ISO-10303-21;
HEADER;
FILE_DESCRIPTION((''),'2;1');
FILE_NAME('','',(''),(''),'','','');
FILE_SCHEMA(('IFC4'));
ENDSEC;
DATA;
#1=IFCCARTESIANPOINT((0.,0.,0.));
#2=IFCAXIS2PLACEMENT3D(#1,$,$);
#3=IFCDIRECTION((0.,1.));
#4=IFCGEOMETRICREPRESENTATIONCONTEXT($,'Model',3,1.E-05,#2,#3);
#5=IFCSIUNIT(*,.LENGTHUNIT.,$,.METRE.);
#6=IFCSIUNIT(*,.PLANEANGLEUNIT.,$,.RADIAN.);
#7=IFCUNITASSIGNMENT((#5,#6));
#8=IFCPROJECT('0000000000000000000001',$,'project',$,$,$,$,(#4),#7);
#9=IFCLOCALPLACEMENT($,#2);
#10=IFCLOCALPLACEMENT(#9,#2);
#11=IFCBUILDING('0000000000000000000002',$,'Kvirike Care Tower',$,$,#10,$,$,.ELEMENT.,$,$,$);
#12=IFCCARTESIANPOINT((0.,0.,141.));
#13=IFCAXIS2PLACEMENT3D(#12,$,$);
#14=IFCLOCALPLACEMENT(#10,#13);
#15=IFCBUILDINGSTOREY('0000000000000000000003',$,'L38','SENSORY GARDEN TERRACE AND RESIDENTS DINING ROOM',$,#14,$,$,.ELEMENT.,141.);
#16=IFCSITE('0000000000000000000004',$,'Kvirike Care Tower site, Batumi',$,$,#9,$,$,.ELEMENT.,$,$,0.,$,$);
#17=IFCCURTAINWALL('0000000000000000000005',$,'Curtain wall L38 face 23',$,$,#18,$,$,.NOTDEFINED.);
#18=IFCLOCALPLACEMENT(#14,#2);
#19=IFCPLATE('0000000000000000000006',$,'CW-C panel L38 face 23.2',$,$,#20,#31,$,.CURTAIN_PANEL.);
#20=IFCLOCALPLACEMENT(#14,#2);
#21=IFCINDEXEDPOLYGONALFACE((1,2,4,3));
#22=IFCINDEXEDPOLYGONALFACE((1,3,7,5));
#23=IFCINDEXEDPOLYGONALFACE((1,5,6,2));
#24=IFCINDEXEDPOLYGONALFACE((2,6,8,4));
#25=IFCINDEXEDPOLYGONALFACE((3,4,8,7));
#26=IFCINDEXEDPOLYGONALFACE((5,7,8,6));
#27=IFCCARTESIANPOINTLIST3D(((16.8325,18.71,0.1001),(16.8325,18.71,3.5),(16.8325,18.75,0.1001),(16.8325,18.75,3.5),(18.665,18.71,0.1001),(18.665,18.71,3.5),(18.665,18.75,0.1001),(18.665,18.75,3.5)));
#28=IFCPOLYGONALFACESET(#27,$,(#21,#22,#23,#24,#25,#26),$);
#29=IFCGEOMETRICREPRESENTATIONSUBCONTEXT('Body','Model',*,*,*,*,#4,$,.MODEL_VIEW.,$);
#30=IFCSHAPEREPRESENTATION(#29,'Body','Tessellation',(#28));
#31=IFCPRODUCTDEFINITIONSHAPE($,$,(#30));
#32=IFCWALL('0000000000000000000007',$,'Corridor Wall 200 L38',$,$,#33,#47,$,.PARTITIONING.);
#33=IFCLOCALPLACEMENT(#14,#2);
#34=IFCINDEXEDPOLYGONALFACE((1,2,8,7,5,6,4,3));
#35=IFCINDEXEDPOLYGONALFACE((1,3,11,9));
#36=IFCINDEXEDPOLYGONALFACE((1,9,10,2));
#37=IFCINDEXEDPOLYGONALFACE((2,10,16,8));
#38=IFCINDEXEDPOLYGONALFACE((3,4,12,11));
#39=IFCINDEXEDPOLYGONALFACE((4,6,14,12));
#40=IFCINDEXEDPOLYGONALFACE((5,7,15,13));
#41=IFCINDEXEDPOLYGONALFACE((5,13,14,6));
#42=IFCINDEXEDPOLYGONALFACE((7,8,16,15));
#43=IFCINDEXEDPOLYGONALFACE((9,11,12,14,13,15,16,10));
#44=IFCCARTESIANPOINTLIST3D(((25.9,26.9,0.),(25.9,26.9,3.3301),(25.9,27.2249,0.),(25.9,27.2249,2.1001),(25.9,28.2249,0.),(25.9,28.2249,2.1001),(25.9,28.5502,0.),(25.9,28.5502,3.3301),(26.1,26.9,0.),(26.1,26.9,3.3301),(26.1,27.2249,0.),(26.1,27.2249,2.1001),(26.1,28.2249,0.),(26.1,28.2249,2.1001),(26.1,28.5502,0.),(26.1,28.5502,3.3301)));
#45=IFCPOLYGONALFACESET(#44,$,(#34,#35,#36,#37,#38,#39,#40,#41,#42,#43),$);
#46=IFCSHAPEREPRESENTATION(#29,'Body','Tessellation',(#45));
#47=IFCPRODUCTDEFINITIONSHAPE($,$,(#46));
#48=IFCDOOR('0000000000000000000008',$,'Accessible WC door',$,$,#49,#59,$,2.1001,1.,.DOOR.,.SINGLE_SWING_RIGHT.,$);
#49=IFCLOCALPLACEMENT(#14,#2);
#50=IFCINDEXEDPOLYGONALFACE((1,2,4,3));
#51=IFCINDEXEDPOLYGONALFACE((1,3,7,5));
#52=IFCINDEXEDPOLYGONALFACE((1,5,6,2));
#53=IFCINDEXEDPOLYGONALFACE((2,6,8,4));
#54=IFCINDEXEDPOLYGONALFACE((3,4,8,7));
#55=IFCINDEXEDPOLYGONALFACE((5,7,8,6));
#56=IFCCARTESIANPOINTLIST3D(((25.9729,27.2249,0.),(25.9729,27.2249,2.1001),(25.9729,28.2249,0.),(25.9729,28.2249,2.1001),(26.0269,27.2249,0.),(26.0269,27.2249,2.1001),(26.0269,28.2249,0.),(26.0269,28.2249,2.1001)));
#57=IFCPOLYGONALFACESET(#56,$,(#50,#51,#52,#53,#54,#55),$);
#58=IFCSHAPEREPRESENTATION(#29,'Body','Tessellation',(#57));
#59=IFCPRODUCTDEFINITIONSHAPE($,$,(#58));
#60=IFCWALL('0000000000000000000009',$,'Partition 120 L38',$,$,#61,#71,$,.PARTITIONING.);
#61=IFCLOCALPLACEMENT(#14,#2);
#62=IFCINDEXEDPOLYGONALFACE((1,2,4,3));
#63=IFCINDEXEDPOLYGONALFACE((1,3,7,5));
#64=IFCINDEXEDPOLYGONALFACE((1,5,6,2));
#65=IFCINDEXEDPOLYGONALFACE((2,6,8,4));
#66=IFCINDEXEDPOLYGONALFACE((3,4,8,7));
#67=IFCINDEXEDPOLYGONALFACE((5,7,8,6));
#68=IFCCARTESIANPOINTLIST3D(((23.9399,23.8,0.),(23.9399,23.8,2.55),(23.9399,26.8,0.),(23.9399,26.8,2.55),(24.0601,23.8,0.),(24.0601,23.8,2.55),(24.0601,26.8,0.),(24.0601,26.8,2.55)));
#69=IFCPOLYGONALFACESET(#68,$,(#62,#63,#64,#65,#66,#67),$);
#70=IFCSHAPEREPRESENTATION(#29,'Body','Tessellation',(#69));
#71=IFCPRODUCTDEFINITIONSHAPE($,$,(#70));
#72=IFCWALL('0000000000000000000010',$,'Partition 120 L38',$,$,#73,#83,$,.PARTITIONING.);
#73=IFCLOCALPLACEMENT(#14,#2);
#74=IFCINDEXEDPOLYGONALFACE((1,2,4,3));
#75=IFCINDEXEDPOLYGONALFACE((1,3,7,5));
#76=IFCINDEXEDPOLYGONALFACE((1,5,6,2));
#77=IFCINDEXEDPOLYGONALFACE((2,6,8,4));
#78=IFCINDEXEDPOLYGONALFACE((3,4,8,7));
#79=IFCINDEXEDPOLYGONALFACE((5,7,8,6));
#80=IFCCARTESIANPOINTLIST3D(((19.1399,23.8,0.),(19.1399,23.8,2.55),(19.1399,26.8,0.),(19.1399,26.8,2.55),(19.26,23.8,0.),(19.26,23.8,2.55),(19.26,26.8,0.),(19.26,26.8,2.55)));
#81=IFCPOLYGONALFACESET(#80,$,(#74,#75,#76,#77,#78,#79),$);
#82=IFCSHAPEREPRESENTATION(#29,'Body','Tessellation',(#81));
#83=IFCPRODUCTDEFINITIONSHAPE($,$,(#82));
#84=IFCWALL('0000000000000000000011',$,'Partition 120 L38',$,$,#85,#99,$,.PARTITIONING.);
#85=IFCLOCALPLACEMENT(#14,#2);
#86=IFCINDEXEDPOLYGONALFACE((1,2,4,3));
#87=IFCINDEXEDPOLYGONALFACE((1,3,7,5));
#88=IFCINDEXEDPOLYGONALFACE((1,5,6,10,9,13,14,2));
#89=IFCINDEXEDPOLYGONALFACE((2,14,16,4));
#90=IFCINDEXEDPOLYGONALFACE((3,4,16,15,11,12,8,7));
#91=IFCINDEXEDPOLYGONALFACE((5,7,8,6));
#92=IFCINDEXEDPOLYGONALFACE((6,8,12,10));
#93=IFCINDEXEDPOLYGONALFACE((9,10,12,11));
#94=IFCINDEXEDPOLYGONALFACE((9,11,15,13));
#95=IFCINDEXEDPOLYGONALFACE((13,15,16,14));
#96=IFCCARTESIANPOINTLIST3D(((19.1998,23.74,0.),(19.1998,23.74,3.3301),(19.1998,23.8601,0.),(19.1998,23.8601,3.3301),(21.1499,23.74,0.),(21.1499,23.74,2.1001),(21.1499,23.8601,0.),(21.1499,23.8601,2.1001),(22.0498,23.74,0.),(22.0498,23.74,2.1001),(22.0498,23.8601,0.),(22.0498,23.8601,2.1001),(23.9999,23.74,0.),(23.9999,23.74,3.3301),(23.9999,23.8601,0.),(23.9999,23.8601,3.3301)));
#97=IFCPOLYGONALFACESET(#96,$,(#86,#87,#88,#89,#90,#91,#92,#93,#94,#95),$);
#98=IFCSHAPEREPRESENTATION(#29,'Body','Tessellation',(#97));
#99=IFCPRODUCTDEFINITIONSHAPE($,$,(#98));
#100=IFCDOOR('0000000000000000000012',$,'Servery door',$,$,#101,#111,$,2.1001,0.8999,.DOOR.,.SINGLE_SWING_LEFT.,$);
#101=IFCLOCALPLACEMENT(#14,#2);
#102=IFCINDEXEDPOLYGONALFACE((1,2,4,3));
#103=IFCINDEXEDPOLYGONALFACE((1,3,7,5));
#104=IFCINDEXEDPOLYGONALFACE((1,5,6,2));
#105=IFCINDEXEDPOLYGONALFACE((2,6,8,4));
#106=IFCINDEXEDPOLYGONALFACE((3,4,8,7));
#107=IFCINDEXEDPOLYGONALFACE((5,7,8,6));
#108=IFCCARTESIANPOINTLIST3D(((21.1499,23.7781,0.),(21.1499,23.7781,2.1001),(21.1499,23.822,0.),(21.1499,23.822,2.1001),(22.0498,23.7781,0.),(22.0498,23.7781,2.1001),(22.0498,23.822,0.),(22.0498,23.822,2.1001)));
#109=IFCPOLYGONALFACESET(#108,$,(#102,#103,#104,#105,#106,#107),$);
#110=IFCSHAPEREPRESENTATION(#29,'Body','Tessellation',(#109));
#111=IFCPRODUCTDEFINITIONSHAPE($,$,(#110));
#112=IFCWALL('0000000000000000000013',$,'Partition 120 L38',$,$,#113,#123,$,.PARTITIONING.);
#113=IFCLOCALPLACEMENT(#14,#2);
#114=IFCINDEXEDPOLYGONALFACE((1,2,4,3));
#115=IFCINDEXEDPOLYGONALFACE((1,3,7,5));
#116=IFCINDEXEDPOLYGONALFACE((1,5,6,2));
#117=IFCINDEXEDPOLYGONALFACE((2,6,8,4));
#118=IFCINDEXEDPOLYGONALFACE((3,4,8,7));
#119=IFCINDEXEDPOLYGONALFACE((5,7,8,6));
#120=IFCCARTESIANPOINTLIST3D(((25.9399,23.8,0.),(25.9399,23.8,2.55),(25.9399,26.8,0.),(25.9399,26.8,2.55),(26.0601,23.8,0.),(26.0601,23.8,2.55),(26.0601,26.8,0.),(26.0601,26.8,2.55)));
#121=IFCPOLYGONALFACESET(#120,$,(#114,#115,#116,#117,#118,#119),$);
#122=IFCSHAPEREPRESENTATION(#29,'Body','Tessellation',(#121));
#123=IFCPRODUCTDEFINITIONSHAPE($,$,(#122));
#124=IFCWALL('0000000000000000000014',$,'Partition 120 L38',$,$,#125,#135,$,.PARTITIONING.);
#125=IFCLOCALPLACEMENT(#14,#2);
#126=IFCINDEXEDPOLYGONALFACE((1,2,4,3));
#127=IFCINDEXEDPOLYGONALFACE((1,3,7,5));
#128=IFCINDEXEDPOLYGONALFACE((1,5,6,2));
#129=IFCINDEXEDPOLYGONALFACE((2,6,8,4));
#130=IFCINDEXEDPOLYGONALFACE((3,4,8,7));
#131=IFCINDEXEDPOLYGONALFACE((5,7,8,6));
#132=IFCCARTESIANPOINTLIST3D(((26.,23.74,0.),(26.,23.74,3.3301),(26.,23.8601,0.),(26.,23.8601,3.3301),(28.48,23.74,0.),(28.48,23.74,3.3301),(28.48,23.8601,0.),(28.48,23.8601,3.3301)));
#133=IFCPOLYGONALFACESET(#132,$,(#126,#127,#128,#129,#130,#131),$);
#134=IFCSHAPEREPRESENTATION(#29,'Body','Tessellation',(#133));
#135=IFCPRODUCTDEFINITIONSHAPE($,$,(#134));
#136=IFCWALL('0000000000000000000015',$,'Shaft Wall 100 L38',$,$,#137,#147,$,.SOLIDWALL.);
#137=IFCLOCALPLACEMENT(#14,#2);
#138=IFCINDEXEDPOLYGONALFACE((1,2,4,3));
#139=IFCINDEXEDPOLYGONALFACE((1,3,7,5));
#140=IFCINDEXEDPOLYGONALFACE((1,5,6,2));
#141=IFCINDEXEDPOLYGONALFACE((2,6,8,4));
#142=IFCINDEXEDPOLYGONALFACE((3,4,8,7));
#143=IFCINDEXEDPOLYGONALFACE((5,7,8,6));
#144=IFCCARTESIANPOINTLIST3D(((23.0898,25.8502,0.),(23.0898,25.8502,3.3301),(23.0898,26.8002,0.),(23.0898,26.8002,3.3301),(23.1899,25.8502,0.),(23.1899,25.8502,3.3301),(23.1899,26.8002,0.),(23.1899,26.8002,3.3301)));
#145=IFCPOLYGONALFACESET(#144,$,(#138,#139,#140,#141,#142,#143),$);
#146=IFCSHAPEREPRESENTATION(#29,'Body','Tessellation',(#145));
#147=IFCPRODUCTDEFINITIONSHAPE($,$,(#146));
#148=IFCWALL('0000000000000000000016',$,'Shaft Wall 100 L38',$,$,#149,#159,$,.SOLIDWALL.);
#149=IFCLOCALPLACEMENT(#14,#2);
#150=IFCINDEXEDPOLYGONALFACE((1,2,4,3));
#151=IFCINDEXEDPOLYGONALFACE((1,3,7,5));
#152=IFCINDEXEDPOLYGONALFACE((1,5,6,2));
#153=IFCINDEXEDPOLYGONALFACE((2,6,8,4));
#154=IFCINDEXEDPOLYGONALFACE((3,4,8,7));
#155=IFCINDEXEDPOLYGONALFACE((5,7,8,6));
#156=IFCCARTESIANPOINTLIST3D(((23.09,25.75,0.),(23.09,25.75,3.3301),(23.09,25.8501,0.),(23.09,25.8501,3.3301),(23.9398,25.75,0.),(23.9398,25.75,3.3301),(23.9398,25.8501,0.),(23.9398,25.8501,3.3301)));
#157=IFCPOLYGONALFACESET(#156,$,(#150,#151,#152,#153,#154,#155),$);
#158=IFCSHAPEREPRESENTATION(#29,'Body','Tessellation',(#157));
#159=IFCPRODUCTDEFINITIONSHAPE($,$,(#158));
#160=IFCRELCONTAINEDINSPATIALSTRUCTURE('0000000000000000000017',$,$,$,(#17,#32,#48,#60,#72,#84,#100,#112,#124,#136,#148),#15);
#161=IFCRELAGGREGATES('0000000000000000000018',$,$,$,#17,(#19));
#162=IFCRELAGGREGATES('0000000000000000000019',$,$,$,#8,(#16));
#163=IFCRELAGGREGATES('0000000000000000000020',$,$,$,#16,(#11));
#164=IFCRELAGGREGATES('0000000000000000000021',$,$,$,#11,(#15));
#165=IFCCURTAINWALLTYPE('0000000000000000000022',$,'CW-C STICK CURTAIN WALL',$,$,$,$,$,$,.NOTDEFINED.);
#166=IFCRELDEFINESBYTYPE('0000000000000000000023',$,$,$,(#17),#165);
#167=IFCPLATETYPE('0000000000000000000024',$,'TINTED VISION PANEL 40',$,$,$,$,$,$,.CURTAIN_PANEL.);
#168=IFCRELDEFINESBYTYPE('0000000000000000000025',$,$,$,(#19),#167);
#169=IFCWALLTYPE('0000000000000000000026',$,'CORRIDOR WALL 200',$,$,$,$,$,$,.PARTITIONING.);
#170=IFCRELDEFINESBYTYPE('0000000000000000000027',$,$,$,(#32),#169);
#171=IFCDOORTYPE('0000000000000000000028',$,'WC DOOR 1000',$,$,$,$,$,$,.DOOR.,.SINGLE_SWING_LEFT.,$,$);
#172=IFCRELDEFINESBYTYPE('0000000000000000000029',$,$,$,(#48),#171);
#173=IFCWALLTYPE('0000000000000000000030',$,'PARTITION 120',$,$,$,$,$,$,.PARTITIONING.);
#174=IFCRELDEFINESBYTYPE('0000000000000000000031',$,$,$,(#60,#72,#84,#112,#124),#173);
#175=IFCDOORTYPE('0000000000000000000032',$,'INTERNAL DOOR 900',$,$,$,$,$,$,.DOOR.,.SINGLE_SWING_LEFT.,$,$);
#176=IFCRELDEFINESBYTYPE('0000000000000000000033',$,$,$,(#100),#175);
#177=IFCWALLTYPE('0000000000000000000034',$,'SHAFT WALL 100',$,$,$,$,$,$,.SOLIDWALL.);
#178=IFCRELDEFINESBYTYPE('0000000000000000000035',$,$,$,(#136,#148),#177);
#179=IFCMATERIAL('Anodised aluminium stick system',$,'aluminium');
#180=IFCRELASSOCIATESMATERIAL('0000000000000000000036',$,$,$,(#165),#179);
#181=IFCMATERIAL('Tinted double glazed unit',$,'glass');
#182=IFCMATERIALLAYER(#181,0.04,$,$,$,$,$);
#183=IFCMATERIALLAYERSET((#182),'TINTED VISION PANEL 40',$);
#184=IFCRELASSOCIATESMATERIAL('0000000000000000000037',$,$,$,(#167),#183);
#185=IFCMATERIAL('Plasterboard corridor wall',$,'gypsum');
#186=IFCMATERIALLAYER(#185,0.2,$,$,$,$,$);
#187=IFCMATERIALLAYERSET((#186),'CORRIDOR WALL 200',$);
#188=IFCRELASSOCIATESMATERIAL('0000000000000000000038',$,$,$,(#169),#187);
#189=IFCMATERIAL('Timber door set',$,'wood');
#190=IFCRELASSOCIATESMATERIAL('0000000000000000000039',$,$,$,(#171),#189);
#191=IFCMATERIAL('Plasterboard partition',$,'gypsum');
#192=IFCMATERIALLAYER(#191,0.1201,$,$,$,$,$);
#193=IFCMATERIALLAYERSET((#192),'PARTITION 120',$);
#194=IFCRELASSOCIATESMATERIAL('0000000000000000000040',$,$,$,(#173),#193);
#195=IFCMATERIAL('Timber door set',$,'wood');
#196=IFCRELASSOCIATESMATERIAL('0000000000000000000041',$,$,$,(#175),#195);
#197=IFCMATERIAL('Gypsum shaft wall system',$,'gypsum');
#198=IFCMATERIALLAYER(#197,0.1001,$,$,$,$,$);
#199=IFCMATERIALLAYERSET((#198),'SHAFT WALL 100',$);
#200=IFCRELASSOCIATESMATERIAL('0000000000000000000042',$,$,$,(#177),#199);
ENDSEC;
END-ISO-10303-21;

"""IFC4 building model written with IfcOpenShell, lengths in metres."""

from ifc_helpers import new_model, si_unit, direction, frame, frame_2d, origin, origin_2d, place, context, subcontext, project, spatial, rectangle, extrude, material, layer, layer_set, type_object, element, fill, aggregate, save


model = new_model("IFC4")

# Units and contexts
model_context = context("Model", 3, precision=1e-05, world=origin(), true_north=direction((0.0, 1.0)))
body_context = subcontext(model_context, "Body", "Model", "MODEL_VIEW")
ifc_project = project(units=[si_unit("LENGTHUNIT", "METRE"), si_unit("PLANEANGLEUNIT", "RADIAN")], contexts=[model_context])

# Site, building, storey
site_placement = place(None, origin())
site = spatial("IfcSite", under=ifc_project, at=site_placement, Name="Kvirike Care Tower site, Batumi", CompositionType="ELEMENT", RefElevation=0.0)
building_placement = place(site_placement, origin())
building = spatial("IfcBuilding", under=site, at=building_placement, Name="Kvirike Care Tower", CompositionType="ELEMENT")
storey_placement = place(building_placement, frame((0.0, 0.0, 141.0)))
storey = spatial("IfcBuildingStorey", under=building, at=storey_placement, Name="L38", Description="SENSORY GARDEN TERRACE AND RESIDENTS DINING ROOM", CompositionType="ELEMENT", Elevation=141.0)

# Curtain wall
ifc_material_1 = material(Name="Anodised aluminium stick system", Category="aluminium")
curtain_wall_type = type_object("IfcCurtainWallType", Name="CW-C STICK CURTAIN WALL", PredefinedType="NOTDEFINED", material=ifc_material_1)
curtain_wall_placement = place(storey_placement, origin())
curtain_wall = element("IfcCurtainWall", 1, at=curtain_wall_placement, inside=storey, type_object=curtain_wall_type, Name="Curtain wall L38 face 23", PredefinedType="NOTDEFINED")

# Plate
ifc_material_2 = material(Name="Tinted double glazed unit", Category="glass")
ifc_layer_1 = layer(ifc_material_2, 0.04)
ifc_layer_set_1 = layer_set([ifc_layer_1], Name="TINTED VISION PANEL 40")
plate_type = type_object("IfcPlateType", Name="TINTED VISION PANEL 40", PredefinedType="CURTAIN_PANEL", material=ifc_layer_set_1)
plate_placement = place(storey_placement, frame((17.7488, 18.73, 0.1001), z_axis=(0.0, 0.0, 1.0), x_axis=(1.0, 0.0, 0.0)))
plate = element("IfcPlate", 2, at=plate_placement, type_object=plate_type, Name="CW-C panel L38 face 23.2", PredefinedType="CURTAIN_PANEL", context=body_context, shape_type="SweptSolid", body=[
    extrude(rectangle(XDim=1.8325, YDim=0.04, at=origin_2d()), origin(), (0.0, 0.0, 1.0), 3.3999),
])
aggregate(curtain_wall, [plate])

# Wall, opening, door
ifc_material_3 = material(Name="Plasterboard corridor wall", Category="gypsum")
ifc_layer_2 = layer(ifc_material_3, 0.2)
ifc_layer_set_2 = layer_set([ifc_layer_2], Name="CORRIDOR WALL 200")
wall_type_1 = type_object("IfcWallType", Name="CORRIDOR WALL 200", PredefinedType="PARTITIONING", material=ifc_layer_set_2)
wall_1_placement = place(storey_placement, frame((26.0, 26.8999, 0.0), z_axis=(0.0, 0.0, 1.0), x_axis=(0.0, 1.0, 0.0)))
wall_1 = element("IfcWall", 3, at=wall_1_placement, inside=storey, type_object=wall_type_1, Name="Corridor Wall 200 L38", PredefinedType="PARTITIONING", context=body_context, shape_type="SweptSolid", body=[
    extrude(rectangle(XDim=1.6501, YDim=0.2, at=frame_2d((0.8252, 0.0))), origin(), (0.0, 0.0, 1.0), 3.3301),
])
opening_1_placement = place(wall_1_placement, frame((0.325, 0.0, 0.0)))
opening_1 = element("IfcOpeningElement", 4, at=opening_1_placement, cuts=wall_1, PredefinedType="OPENING", context=body_context, shape_type="SweptSolid", body=[
    extrude(rectangle(XDim=1.0, YDim=2.1001, at=frame_2d((0.5, 1.05))), frame((0.0, 0.1106, 0.0), z_axis=(0.0, -1.0, 0.0), x_axis=(1.0, 0.0, 0.0)), (0.0, 0.0, 1.0), 0.2209),
])
ifc_material_4 = material(Name="Timber door set", Category="wood")
door_type_1 = type_object("IfcDoorType", Name="WC DOOR 1000", OperationType="SINGLE_SWING_LEFT", PredefinedType="DOOR", material=ifc_material_4)
door_1_placement = place(opening_1_placement, frame((1.0, 0.0, 0.0), z_axis=(0.0, 0.0, 1.0), x_axis=(-1.0, 0.0, 0.0)))
door_1 = element("IfcDoor", 5, at=door_1_placement, inside=storey, type_object=door_type_1, Name="Accessible WC door", OperationType="SINGLE_SWING_RIGHT", OverallHeight=2.1001, OverallWidth=1.0, PredefinedType="DOOR", context=body_context, shape_type="SweptSolid", body=[
    extrude(rectangle(XDim=1.0, YDim=2.1001, at=frame_2d((0.5, 1.05))), frame((0.0, 0.0269, 0.0), z_axis=(0.0, -1.0, 0.0), x_axis=(1.0, 0.0, 0.0)), (0.0, 0.0, 1.0), 0.054),
])
fill(opening_1, door_1)

# Walls
ifc_material_5 = material(Name="Plasterboard partition", Category="gypsum")
ifc_layer_3 = layer(ifc_material_5, 0.1201)
ifc_layer_set_3 = layer_set([ifc_layer_3], Name="PARTITION 120")
wall_type_2 = type_object("IfcWallType", Name="PARTITION 120", PredefinedType="PARTITIONING", material=ifc_layer_set_3)
for number, where, z_axis, x_axis, name in (
    (6, (24.0, 23.8, 0.0), (0.0, 0.0, 1.0), (0.0, 1.0, 0.0), "Partition 120 L38"),
    (7, (19.2, 23.8, 0.0), (0.0, 0.0, 1.0), (0.0, 1.0, 0.0), "Partition 120 L38"),
):
    element("IfcWall", number, at=place(storey_placement, frame(where, z_axis=z_axis, x_axis=x_axis)), inside=storey, type_object=wall_type_2, Name=name, PredefinedType="PARTITIONING", context=body_context, shape_type="SweptSolid", body=[
        extrude(rectangle(XDim=3.0, YDim=0.1201, at=frame_2d((1.5, 0.0))), origin(), (0.0, 0.0, 1.0), 2.55),
    ])

# Wall, opening, door
wall_2_placement = place(storey_placement, frame((19.2, 23.8, 0.0), z_axis=(0.0, 0.0, 1.0), x_axis=(1.0, 0.0, 0.0)))
wall_2 = element("IfcWall", 8, at=wall_2_placement, inside=storey, type_object=wall_type_2, Name="Partition 120 L38", PredefinedType="PARTITIONING", context=body_context, shape_type="SweptSolid", body=[
    extrude(rectangle(XDim=4.8, YDim=0.1201, at=frame_2d((2.3999, 0.0))), origin(), (0.0, 0.0, 1.0), 3.3301),
])
opening_2_placement = place(wall_2_placement, frame((1.95, 0.0, 0.0)))
opening_2 = element("IfcOpeningElement", 9, at=opening_2_placement, cuts=wall_2, PredefinedType="OPENING", context=body_context, shape_type="SweptSolid", body=[
    extrude(rectangle(XDim=0.8999, YDim=2.1001, at=frame_2d((0.45, 1.05))), frame((0.0, 0.0706, 0.0), z_axis=(0.0, -1.0, 0.0), x_axis=(1.0, 0.0, 0.0)), (0.0, 0.0, 1.0), 0.1411),
])
ifc_material_6 = material(Name="Timber door set", Category="wood")
door_type_2 = type_object("IfcDoorType", Name="INTERNAL DOOR 900", OperationType="SINGLE_SWING_LEFT", PredefinedType="DOOR", material=ifc_material_6)
door_2_placement = place(opening_2_placement, origin())
door_2 = element("IfcDoor", 10, at=door_2_placement, inside=storey, type_object=door_type_2, Name="Servery door", OperationType="SINGLE_SWING_LEFT", OverallHeight=2.1001, OverallWidth=0.8999, PredefinedType="DOOR", context=body_context, shape_type="SweptSolid", body=[
    extrude(rectangle(XDim=0.8999, YDim=2.1001, at=frame_2d((0.45, 1.05))), frame((0.0, 0.022, 0.0), z_axis=(0.0, -1.0, 0.0), x_axis=(1.0, 0.0, 0.0)), (0.0, 0.0, 1.0), 0.0439),
])
fill(opening_2, door_2)

# Walls
wall_3_placement = place(storey_placement, frame((26.0, 23.8, 0.0), z_axis=(0.0, 0.0, 1.0), x_axis=(0.0, 1.0, 0.0)))
element("IfcWall", 11, at=wall_3_placement, inside=storey, type_object=wall_type_2, Name="Partition 120 L38", PredefinedType="PARTITIONING", context=body_context, shape_type="SweptSolid", body=[
    extrude(rectangle(XDim=3.0, YDim=0.1201, at=frame_2d((1.5, 0.0))), origin(), (0.0, 0.0, 1.0), 2.55),
])
wall_4_placement = place(storey_placement, frame((26.0, 23.8, 0.0), z_axis=(0.0, 0.0, 1.0), x_axis=(1.0, 0.0, 0.0)))
element("IfcWall", 12, at=wall_4_placement, inside=storey, type_object=wall_type_2, Name="Partition 120 L38", PredefinedType="PARTITIONING", context=body_context, shape_type="SweptSolid", body=[
    extrude(rectangle(XDim=2.48, YDim=0.1201, at=frame_2d((1.24, 0.0))), origin(), (0.0, 0.0, 1.0), 3.3301),
])
ifc_material_7 = material(Name="Gypsum shaft wall system", Category="gypsum")
ifc_layer_4 = layer(ifc_material_7, 0.1001)
ifc_layer_set_4 = layer_set([ifc_layer_4], Name="SHAFT WALL 100")
wall_type_3 = type_object("IfcWallType", Name="SHAFT WALL 100", PredefinedType="SOLIDWALL", material=ifc_layer_set_4)
wall_5_placement = place(storey_placement, frame((23.1399, 25.8501, 0.0), z_axis=(0.0, 0.0, 1.0), x_axis=(0.0, 1.0, 0.0)))
element("IfcWall", 13, at=wall_5_placement, inside=storey, type_object=wall_type_3, Name="Shaft Wall 100 L38", PredefinedType="SOLIDWALL", context=body_context, shape_type="SweptSolid", body=[
    extrude(rectangle(XDim=0.95, YDim=0.1001, at=frame_2d((0.4751, 0.0))), origin(), (0.0, 0.0, 1.0), 3.3301),
])
wall_6_placement = place(storey_placement, frame((23.0901, 25.8, 0.0), z_axis=(0.0, 0.0, 1.0), x_axis=(1.0, 0.0, 0.0)))
element("IfcWall", 14, at=wall_6_placement, inside=storey, type_object=wall_type_3, Name="Shaft Wall 100 L38", PredefinedType="SOLIDWALL", context=body_context, shape_type="SweptSolid", body=[
    extrude(rectangle(XDim=0.8499, YDim=0.1001, at=frame_2d((0.4248, 0.0))), origin(), (0.0, 0.0, 1.0), 3.3301),
])

save(model, "model.ifc")
